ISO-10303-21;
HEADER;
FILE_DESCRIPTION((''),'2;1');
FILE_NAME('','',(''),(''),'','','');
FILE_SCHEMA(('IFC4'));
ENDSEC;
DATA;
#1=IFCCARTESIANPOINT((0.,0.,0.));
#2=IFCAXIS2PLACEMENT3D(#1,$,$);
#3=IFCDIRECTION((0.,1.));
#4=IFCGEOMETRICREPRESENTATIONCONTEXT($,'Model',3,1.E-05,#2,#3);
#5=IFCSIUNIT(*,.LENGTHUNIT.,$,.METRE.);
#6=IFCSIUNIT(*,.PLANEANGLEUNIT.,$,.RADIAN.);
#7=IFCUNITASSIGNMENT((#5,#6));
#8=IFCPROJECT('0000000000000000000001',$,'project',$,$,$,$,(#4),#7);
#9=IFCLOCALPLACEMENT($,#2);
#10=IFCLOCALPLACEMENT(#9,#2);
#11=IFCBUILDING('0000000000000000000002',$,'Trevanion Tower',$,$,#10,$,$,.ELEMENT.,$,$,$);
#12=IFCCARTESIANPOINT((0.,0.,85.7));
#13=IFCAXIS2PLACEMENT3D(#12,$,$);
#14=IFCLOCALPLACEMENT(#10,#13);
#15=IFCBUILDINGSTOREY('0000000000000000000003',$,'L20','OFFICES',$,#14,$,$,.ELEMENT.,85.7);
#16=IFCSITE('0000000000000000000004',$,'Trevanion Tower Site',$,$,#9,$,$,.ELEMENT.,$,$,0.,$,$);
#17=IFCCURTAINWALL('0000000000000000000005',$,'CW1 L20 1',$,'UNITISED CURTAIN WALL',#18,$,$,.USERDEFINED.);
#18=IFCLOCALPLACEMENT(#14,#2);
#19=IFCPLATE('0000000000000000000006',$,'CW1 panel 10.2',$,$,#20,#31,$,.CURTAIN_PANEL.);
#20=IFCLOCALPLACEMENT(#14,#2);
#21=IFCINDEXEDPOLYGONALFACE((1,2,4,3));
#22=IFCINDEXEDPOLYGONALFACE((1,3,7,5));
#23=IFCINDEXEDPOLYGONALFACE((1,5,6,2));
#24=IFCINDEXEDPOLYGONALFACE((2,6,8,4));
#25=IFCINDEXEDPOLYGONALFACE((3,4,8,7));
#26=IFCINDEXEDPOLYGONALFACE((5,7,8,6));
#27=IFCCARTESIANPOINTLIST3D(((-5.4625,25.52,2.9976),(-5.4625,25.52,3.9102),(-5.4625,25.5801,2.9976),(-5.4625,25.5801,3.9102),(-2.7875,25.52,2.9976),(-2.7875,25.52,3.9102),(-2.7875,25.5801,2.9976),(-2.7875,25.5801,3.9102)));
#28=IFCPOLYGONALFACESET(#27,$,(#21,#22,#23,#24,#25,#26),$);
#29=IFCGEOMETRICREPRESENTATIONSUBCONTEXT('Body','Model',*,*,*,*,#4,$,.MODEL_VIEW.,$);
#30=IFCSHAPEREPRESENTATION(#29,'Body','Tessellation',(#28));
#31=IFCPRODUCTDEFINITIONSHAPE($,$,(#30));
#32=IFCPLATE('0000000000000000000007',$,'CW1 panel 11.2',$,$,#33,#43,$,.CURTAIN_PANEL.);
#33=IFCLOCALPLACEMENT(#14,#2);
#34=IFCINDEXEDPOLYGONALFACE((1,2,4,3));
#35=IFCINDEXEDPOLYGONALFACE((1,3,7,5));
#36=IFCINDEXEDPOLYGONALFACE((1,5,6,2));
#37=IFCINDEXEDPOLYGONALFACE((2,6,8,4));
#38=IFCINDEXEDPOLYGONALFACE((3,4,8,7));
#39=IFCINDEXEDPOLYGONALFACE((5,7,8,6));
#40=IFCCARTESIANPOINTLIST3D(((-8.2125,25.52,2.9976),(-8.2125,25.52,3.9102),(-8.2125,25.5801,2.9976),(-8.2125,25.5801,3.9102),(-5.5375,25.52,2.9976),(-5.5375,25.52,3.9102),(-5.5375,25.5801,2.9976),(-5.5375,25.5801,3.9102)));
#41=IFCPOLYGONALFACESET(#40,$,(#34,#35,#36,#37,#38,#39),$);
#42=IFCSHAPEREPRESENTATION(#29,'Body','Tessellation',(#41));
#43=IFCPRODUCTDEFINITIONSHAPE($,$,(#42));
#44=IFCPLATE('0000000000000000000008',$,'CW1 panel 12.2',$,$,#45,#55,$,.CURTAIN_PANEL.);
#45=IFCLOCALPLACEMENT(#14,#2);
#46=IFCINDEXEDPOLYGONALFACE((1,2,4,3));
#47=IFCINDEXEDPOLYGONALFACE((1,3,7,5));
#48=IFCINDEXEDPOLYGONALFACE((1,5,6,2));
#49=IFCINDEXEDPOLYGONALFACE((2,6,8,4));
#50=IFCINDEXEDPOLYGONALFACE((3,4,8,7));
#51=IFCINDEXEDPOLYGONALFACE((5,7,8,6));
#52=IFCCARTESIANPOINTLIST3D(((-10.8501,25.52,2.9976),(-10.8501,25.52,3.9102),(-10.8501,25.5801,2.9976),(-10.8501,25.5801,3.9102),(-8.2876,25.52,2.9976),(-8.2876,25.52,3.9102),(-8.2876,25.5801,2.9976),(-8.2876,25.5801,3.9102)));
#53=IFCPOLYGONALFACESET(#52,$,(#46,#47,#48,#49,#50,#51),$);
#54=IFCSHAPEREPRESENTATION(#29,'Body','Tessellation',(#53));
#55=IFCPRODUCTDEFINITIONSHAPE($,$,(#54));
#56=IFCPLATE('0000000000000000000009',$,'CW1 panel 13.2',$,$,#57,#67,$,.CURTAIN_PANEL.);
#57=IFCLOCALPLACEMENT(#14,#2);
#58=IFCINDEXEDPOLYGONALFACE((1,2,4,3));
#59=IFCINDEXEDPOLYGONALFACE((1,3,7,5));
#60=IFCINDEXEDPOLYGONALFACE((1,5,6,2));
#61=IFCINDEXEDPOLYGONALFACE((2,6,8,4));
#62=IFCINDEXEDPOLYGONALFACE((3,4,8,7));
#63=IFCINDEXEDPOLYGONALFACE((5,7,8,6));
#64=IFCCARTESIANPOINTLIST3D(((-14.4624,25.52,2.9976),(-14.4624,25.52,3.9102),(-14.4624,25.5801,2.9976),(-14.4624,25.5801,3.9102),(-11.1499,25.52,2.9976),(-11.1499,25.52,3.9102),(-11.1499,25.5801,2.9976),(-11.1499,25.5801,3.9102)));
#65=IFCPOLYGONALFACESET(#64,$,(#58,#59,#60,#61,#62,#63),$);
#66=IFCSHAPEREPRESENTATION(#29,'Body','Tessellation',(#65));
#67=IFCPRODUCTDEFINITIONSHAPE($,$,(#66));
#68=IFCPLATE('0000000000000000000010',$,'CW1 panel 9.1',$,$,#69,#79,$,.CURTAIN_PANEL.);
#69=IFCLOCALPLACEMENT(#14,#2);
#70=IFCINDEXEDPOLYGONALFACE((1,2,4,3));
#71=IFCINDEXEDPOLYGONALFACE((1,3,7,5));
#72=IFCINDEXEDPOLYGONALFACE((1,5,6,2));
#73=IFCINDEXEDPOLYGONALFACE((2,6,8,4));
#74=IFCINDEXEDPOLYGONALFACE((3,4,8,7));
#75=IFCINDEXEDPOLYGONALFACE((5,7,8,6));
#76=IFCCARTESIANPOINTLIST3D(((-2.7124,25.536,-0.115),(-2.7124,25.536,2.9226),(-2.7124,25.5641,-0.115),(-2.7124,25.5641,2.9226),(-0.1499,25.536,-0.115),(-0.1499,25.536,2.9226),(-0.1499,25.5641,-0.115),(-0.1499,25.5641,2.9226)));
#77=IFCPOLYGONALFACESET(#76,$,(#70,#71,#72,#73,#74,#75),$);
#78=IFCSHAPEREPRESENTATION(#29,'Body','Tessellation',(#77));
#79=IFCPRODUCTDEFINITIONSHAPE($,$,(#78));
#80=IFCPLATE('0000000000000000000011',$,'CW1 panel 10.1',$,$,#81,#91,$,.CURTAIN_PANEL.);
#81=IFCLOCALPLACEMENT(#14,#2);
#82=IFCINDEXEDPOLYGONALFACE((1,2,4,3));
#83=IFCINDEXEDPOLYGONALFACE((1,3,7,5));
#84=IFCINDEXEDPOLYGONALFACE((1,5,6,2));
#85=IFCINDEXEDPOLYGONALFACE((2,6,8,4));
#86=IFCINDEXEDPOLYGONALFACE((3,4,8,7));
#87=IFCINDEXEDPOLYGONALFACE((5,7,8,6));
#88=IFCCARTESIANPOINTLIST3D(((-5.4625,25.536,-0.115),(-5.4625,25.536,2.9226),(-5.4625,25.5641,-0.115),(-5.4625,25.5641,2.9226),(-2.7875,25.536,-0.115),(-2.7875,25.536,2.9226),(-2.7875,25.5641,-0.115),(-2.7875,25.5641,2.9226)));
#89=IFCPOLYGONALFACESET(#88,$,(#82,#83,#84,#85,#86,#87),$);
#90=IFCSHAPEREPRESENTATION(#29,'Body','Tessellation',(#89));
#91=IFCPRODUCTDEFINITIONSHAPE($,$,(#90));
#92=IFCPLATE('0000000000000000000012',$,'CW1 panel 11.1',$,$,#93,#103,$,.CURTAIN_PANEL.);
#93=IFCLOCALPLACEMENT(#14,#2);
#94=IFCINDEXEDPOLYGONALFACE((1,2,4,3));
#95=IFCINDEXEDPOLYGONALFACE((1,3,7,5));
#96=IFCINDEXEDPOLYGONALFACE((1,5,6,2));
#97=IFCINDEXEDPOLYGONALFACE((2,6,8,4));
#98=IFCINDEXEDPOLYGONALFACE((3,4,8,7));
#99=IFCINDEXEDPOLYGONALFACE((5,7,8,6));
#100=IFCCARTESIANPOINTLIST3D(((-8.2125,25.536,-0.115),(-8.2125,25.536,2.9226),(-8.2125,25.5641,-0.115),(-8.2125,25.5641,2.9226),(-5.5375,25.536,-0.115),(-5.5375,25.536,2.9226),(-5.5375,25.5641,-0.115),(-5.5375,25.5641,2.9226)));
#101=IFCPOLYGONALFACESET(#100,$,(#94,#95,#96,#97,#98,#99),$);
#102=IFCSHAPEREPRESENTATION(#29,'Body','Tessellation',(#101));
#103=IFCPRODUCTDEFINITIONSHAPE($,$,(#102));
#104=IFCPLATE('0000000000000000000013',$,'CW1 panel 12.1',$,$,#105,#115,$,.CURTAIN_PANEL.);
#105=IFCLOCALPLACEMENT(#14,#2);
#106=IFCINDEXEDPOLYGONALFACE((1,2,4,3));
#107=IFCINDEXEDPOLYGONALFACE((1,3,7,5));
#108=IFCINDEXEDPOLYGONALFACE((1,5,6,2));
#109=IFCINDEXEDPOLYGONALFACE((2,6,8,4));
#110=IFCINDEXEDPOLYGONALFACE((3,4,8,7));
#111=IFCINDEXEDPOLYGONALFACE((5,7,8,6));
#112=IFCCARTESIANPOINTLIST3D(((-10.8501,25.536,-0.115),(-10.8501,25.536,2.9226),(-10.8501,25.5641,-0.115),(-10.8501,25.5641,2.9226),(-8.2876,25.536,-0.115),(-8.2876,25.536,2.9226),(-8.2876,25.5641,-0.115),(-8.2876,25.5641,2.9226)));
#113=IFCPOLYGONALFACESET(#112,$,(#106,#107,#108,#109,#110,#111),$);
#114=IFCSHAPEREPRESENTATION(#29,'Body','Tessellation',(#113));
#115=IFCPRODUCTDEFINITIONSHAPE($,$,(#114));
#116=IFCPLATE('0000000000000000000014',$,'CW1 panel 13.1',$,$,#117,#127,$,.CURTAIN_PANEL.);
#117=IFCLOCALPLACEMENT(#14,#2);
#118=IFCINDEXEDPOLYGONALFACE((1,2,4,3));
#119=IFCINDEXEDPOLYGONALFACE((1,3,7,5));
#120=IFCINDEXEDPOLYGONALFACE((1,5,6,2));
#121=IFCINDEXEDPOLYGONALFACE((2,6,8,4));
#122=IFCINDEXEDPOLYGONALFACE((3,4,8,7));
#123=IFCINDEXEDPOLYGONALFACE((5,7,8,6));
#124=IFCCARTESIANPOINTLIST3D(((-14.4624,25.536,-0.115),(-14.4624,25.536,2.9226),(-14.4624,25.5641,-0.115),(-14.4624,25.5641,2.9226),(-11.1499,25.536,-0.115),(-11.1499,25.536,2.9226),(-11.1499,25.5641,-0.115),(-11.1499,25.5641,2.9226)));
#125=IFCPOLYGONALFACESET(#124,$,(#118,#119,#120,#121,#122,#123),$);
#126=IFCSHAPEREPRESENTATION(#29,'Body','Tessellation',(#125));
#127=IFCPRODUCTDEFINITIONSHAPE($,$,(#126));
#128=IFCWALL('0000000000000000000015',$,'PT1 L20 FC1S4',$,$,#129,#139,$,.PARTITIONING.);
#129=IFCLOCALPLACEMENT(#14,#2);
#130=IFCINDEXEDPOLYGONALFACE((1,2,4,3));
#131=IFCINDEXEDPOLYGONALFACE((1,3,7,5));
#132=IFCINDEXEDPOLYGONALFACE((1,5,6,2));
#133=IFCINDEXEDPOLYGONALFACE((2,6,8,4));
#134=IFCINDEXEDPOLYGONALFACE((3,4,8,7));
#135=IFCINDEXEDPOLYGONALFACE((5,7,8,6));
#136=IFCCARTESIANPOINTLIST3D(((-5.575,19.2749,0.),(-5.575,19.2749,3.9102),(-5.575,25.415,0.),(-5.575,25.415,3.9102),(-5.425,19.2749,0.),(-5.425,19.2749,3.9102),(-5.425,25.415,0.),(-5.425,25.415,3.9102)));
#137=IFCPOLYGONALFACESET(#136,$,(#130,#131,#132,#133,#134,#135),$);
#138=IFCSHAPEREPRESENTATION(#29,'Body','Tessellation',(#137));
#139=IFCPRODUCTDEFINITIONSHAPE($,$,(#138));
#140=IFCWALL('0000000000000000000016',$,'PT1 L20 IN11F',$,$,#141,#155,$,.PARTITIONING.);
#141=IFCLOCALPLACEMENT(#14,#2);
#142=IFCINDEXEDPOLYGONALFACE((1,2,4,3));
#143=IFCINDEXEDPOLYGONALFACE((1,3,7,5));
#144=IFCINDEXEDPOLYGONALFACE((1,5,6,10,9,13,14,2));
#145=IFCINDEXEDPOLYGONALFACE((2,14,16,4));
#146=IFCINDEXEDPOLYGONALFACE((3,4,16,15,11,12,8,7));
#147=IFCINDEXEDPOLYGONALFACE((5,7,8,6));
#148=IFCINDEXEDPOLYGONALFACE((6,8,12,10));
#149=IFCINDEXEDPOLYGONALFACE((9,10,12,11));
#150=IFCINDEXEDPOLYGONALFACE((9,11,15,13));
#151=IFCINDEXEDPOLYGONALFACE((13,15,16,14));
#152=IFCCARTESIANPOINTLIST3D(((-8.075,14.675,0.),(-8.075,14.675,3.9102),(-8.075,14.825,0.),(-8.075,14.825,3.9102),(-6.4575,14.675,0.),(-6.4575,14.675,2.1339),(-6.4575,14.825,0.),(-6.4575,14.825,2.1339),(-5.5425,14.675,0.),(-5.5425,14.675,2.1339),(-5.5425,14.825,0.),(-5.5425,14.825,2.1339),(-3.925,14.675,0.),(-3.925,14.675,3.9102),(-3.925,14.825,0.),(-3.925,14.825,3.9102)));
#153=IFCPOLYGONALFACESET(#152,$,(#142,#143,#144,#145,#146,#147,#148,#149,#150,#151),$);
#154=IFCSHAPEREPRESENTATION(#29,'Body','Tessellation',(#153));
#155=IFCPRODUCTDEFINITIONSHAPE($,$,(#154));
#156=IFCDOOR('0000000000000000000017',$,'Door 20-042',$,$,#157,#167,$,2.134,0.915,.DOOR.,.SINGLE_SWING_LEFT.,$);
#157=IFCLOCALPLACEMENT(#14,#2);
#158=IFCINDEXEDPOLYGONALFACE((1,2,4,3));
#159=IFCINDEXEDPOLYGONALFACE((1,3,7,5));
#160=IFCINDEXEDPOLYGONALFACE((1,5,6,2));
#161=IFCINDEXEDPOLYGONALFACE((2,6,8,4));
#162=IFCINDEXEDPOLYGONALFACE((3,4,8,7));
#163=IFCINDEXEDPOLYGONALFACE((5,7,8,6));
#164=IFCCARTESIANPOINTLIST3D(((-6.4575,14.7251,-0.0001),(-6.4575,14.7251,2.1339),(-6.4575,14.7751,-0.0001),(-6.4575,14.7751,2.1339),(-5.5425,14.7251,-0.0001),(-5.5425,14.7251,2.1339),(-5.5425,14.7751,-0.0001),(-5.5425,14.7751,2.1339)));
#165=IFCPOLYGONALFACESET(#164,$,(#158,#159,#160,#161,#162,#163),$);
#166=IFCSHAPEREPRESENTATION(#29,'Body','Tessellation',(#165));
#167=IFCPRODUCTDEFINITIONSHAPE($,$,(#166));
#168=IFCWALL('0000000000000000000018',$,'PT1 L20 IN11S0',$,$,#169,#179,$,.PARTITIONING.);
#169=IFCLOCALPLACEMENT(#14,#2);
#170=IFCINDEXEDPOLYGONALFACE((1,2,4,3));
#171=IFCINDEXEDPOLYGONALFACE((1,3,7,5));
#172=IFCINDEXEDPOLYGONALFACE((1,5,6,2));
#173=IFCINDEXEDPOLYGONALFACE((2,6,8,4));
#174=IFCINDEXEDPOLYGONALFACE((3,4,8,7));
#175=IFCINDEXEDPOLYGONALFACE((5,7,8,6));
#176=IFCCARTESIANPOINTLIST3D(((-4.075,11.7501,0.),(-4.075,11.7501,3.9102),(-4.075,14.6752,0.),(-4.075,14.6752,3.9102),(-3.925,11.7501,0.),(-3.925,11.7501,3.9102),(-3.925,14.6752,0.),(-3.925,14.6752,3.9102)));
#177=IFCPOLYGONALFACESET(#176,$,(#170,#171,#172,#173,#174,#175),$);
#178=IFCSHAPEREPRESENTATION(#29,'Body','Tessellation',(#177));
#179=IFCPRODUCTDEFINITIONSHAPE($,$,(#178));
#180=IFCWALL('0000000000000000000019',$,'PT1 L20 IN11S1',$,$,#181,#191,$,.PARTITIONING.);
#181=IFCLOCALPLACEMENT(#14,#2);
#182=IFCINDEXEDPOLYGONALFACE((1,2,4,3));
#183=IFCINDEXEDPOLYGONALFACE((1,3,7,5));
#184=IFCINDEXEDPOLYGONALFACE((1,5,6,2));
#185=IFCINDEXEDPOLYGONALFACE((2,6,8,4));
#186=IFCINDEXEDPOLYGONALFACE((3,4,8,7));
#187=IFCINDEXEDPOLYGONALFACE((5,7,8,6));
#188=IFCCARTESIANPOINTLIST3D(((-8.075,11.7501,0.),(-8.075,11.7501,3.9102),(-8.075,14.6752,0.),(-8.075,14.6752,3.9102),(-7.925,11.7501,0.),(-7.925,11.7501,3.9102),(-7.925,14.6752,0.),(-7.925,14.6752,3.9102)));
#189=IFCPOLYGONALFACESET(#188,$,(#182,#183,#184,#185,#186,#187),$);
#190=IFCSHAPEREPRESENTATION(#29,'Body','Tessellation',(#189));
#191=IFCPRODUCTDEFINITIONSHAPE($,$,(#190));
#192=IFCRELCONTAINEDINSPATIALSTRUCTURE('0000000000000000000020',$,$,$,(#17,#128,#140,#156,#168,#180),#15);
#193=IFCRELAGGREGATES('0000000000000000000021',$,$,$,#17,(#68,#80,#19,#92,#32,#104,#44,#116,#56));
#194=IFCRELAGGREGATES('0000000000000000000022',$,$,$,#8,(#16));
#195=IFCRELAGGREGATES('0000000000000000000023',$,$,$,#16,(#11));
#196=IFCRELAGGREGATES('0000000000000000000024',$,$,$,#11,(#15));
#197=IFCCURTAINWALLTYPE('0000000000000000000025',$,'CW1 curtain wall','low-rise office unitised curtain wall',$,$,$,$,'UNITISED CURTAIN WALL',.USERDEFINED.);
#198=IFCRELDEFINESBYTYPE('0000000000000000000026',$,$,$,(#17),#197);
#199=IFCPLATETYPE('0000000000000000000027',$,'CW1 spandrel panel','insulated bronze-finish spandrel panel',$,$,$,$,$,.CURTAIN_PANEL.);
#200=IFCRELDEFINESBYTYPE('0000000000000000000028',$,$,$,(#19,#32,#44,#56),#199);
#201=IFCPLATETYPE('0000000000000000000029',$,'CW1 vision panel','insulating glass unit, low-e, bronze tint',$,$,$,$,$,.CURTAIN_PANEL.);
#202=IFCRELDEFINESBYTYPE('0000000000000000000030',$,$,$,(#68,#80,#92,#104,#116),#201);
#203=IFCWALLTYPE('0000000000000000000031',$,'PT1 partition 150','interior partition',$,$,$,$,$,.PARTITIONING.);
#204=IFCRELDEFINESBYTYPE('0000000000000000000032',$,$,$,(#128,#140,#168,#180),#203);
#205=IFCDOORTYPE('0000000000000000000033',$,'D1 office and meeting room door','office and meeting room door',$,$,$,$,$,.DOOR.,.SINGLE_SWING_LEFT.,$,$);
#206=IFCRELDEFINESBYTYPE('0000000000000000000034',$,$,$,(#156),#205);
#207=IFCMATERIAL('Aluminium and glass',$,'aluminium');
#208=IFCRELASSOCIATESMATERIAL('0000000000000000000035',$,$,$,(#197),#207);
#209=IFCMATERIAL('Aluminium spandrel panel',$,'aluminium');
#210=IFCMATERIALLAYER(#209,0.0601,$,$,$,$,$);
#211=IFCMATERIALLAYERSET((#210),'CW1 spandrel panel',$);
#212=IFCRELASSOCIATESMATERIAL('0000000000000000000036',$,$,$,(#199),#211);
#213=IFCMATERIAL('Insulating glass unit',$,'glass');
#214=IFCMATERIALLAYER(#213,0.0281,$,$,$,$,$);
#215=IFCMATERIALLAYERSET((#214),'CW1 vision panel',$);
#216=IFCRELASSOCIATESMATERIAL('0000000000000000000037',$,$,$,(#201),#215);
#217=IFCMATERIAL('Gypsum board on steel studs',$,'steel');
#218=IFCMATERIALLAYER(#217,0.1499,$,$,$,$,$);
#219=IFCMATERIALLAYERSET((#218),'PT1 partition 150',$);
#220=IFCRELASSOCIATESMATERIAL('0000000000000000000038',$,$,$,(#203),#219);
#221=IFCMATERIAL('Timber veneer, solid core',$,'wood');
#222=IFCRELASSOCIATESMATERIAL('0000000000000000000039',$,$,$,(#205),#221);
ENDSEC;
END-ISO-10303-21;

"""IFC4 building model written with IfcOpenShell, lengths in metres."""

from ifc_helpers import new_model, si_unit, direction, frame, frame_2d, origin, origin_2d, place, context, subcontext, project, spatial, rectangle, extrude, material, layer, layer_set, type_object, element, fill, aggregate, save


model = new_model("IFC4")

# Units and contexts
model_context = context("Model", 3, precision=1e-05, world=origin(), true_north=direction((0.0, 1.0)))
body_context = subcontext(model_context, "Body", "Model", "MODEL_VIEW")
ifc_project = project(units=[si_unit("LENGTHUNIT", "METRE"), si_unit("PLANEANGLEUNIT", "RADIAN")], contexts=[model_context])

# Site, building, storey
site_placement = place(None, origin())
site = spatial("IfcSite", under=ifc_project, at=site_placement, Name="Trevanion Tower Site", CompositionType="ELEMENT", RefElevation=0.0)
building_placement = place(site_placement, origin())
building = spatial("IfcBuilding", under=site, at=building_placement, Name="Trevanion Tower", CompositionType="ELEMENT")
storey_placement = place(building_placement, frame((0.0, 0.0, 85.7)))
storey = spatial("IfcBuildingStorey", under=building, at=storey_placement, Name="L20", Description="OFFICES", CompositionType="ELEMENT", Elevation=85.7)

# Curtain wall
ifc_material_1 = material(Name="Aluminium and glass", Category="aluminium")
curtain_wall_type = type_object("IfcCurtainWallType", Name="CW1 curtain wall", Description="low-rise office unitised curtain wall", ElementType="UNITISED CURTAIN WALL", PredefinedType="USERDEFINED", material=ifc_material_1)
curtain_wall_placement = place(storey_placement, origin())
curtain_wall = element("IfcCurtainWall", 1, at=curtain_wall_placement, inside=storey, type_object=curtain_wall_type, Name="CW1 L20 1", ObjectType="UNITISED CURTAIN WALL", PredefinedType="USERDEFINED")

# Plates
ifc_material_2 = material(Name="Aluminium spandrel panel", Category="aluminium")
ifc_layer_1 = layer(ifc_material_2, 0.0601)
ifc_layer_set_1 = layer_set([ifc_layer_1], Name="CW1 spandrel panel")
plate_type_1 = type_object("IfcPlateType", Name="CW1 spandrel panel", Description="insulated bronze-finish spandrel panel", PredefinedType="CURTAIN_PANEL", material=ifc_layer_set_1)
plate_1_placement = place(storey_placement, frame((-4.125, 25.55, 2.9976), z_axis=(0.0, 0.0, 1.0), x_axis=(-1.0, 0.0, 0.0)))
plate_1 = element("IfcPlate", 2, at=plate_1_placement, type_object=plate_type_1, Name="CW1 panel 10.2", PredefinedType="CURTAIN_PANEL", context=body_context, shape_type="SweptSolid", body=[
    extrude(rectangle(XDim=2.675, YDim=0.0601, at=origin_2d()), origin(), (0.0, 0.0, 1.0), 0.9126),
])
plate_2_placement = place(storey_placement, frame((-6.875, 25.55, 2.9976), z_axis=(0.0, 0.0, 1.0), x_axis=(-1.0, 0.0, 0.0)))
plate_2 = element("IfcPlate", 3, at=plate_2_placement, type_object=plate_type_1, Name="CW1 panel 11.2", PredefinedType="CURTAIN_PANEL", context=body_context, shape_type="SweptSolid", body=[
    extrude(rectangle(XDim=2.675, YDim=0.0601, at=origin_2d()), origin(), (0.0, 0.0, 1.0), 0.9126),
])
plate_3_placement = place(storey_placement, frame((-9.5688, 25.55, 2.9976), z_axis=(0.0, 0.0, 1.0), x_axis=(-1.0, 0.0, 0.0)))
plate_3 = element("IfcPlate", 4, at=plate_3_placement, type_object=plate_type_1, Name="CW1 panel 12.2", PredefinedType="CURTAIN_PANEL", context=body_context, shape_type="SweptSolid", body=[
    extrude(rectangle(XDim=2.5625, YDim=0.0601, at=origin_2d()), origin(), (0.0, 0.0, 1.0), 0.9126),
])
plate_4_placement = place(storey_placement, frame((-12.8062, 25.55, 2.9976), z_axis=(0.0, 0.0, 1.0), x_axis=(-1.0, 0.0, 0.0)))
plate_4 = element("IfcPlate", 5, at=plate_4_placement, type_object=plate_type_1, Name="CW1 panel 13.2", PredefinedType="CURTAIN_PANEL", context=body_context, shape_type="SweptSolid", body=[
    extrude(rectangle(XDim=3.3125, YDim=0.0601, at=origin_2d()), origin(), (0.0, 0.0, 1.0), 0.9126),
])
ifc_material_3 = material(Name="Insulating glass unit", Category="glass")
ifc_layer_2 = layer(ifc_material_3, 0.0281)
ifc_layer_set_2 = layer_set([ifc_layer_2], Name="CW1 vision panel")
plate_type_2 = type_object("IfcPlateType", Name="CW1 vision panel", Description="insulating glass unit, low-e, bronze tint", PredefinedType="CURTAIN_PANEL", material=ifc_layer_set_2)
plate_5_placement = place(storey_placement, frame((-1.4312, 25.55, -0.115), z_axis=(0.0, 0.0, 1.0), x_axis=(-1.0, 0.0, 0.0)))
plate_5 = element("IfcPlate", 6, at=plate_5_placement, type_object=plate_type_2, Name="CW1 panel 9.1", PredefinedType="CURTAIN_PANEL", context=body_context, shape_type="SweptSolid", body=[
    extrude(rectangle(XDim=2.5625, YDim=0.0281, at=origin_2d()), origin(), (0.0, 0.0, 1.0), 3.0376),
])
plate_6_placement = place(storey_placement, frame((-4.125, 25.55, -0.115), z_axis=(0.0, 0.0, 1.0), x_axis=(-1.0, 0.0, 0.0)))
plate_6 = element("IfcPlate", 7, at=plate_6_placement, type_object=plate_type_2, Name="CW1 panel 10.1", PredefinedType="CURTAIN_PANEL", context=body_context, shape_type="SweptSolid", body=[
    extrude(rectangle(XDim=2.675, YDim=0.0281, at=origin_2d()), origin(), (0.0, 0.0, 1.0), 3.0376),
])
plate_7_placement = place(storey_placement, frame((-6.875, 25.55, -0.115), z_axis=(0.0, 0.0, 1.0), x_axis=(-1.0, 0.0, 0.0)))
plate_7 = element("IfcPlate", 8, at=plate_7_placement, type_object=plate_type_2, Name="CW1 panel 11.1", PredefinedType="CURTAIN_PANEL", context=body_context, shape_type="SweptSolid", body=[
    extrude(rectangle(XDim=2.675, YDim=0.0281, at=origin_2d()), origin(), (0.0, 0.0, 1.0), 3.0376),
])
plate_8_placement = place(storey_placement, frame((-9.5688, 25.55, -0.115), z_axis=(0.0, 0.0, 1.0), x_axis=(-1.0, 0.0, 0.0)))
plate_8 = element("IfcPlate", 9, at=plate_8_placement, type_object=plate_type_2, Name="CW1 panel 12.1", PredefinedType="CURTAIN_PANEL", context=body_context, shape_type="SweptSolid", body=[
    extrude(rectangle(XDim=2.5625, YDim=0.0281, at=origin_2d()), origin(), (0.0, 0.0, 1.0), 3.0376),
])
plate_9_placement = place(storey_placement, frame((-12.8062, 25.55, -0.115), z_axis=(0.0, 0.0, 1.0), x_axis=(-1.0, 0.0, 0.0)))
plate_9 = element("IfcPlate", 10, at=plate_9_placement, type_object=plate_type_2, Name="CW1 panel 13.1", PredefinedType="CURTAIN_PANEL", context=body_context, shape_type="SweptSolid", body=[
    extrude(rectangle(XDim=3.3125, YDim=0.0281, at=origin_2d()), origin(), (0.0, 0.0, 1.0), 3.0376),
])
aggregate(curtain_wall, [plate_5, plate_6, plate_1, plate_7, plate_2, plate_8, plate_3, plate_9, plate_4])

# Wall
ifc_material_4 = material(Name="Gypsum board on steel studs", Category="steel")
ifc_layer_3 = layer(ifc_material_4, 0.1499)
ifc_layer_set_3 = layer_set([ifc_layer_3], Name="PT1 partition 150")
wall_type = type_object("IfcWallType", Name="PT1 partition 150", Description="interior partition", PredefinedType="PARTITIONING", material=ifc_layer_set_3)
wall_1_placement = place(storey_placement, frame((-5.5, 19.2749, 0.0), z_axis=(0.0, 0.0, 1.0), x_axis=(0.0, 1.0, 0.0)))
element("IfcWall", 11, at=wall_1_placement, inside=storey, type_object=wall_type, Name="PT1 L20 FC1S4", PredefinedType="PARTITIONING", context=body_context, shape_type="SweptSolid", body=[
    extrude(rectangle(XDim=6.1401, YDim=0.1499, at=frame_2d((3.0701, 0.0))), origin(), (0.0, 0.0, 1.0), 3.9102),
])

# Wall, opening, door
wall_2_placement = place(storey_placement, frame((-3.925, 14.75, 0.0), z_axis=(0.0, 0.0, 1.0), x_axis=(-1.0, 0.0, 0.0)))
wall_2 = element("IfcWall", 12, at=wall_2_placement, inside=storey, type_object=wall_type, Name="PT1 L20 IN11F", PredefinedType="PARTITIONING", context=body_context, shape_type="SweptSolid", body=[
    extrude(rectangle(XDim=4.1499, YDim=0.1499, at=frame_2d((2.075, 0.0))), origin(), (0.0, 0.0, 1.0), 3.9102),
])
opening_placement = place(wall_2_placement, frame((1.6174, 0.0, 0.0)))
opening = element("IfcOpeningElement", 13, at=opening_placement, cuts=wall_2, PredefinedType="OPENING", context=body_context, shape_type="SweptSolid", body=[
    extrude(rectangle(XDim=0.915, YDim=2.134, at=frame_2d((0.4575, 1.0669))), frame((0.0, 0.085, 0.0), z_axis=(0.0, -1.0, 0.0), x_axis=(1.0, 0.0, 0.0)), (0.0, 0.0, 1.0), 0.1699),
])
ifc_material_5 = material(Name="Timber veneer, solid core", Category="wood")
door_type = type_object("IfcDoorType", Name="D1 office and meeting room door", Description="office and meeting room door", OperationType="SINGLE_SWING_LEFT", PredefinedType="DOOR", material=ifc_material_5)
door_placement = place(opening_placement, origin())
door = element("IfcDoor", 14, at=door_placement, inside=storey, type_object=door_type, Name="Door 20-042", OperationType="SINGLE_SWING_LEFT", OverallHeight=2.134, OverallWidth=0.915, PredefinedType="DOOR", context=body_context, shape_type="SweptSolid", body=[
    extrude(rectangle(XDim=0.915, YDim=2.134, at=frame_2d((0.4575, 1.0669))), frame((0.0, 0.0249, 0.0), z_axis=(0.0, -1.0, 0.0), x_axis=(1.0, 0.0, 0.0)), (0.0, 0.0, 1.0), 0.05),
])
fill(opening, door)

# Walls
for number, where, z_axis, x_axis, name in (
    (15, (-4.0, 14.675, 0.0), (0.0, 0.0, 1.0), (0.0, -1.0, 0.0), "PT1 L20 IN11S0"),
    (16, (-8.0, 14.675, 0.0), (0.0, 0.0, 1.0), (0.0, -1.0, 0.0), "PT1 L20 IN11S1"),
):
    element("IfcWall", number, at=place(storey_placement, frame(where, z_axis=z_axis, x_axis=x_axis)), inside=storey, type_object=wall_type, Name=name, PredefinedType="PARTITIONING", context=body_context, shape_type="SweptSolid", body=[
        extrude(rectangle(XDim=2.925, YDim=0.1499, at=frame_2d((1.4624, 0.0))), origin(), (0.0, 0.0, 1.0), 3.9102),
    ])

save(model, "model.ifc")
